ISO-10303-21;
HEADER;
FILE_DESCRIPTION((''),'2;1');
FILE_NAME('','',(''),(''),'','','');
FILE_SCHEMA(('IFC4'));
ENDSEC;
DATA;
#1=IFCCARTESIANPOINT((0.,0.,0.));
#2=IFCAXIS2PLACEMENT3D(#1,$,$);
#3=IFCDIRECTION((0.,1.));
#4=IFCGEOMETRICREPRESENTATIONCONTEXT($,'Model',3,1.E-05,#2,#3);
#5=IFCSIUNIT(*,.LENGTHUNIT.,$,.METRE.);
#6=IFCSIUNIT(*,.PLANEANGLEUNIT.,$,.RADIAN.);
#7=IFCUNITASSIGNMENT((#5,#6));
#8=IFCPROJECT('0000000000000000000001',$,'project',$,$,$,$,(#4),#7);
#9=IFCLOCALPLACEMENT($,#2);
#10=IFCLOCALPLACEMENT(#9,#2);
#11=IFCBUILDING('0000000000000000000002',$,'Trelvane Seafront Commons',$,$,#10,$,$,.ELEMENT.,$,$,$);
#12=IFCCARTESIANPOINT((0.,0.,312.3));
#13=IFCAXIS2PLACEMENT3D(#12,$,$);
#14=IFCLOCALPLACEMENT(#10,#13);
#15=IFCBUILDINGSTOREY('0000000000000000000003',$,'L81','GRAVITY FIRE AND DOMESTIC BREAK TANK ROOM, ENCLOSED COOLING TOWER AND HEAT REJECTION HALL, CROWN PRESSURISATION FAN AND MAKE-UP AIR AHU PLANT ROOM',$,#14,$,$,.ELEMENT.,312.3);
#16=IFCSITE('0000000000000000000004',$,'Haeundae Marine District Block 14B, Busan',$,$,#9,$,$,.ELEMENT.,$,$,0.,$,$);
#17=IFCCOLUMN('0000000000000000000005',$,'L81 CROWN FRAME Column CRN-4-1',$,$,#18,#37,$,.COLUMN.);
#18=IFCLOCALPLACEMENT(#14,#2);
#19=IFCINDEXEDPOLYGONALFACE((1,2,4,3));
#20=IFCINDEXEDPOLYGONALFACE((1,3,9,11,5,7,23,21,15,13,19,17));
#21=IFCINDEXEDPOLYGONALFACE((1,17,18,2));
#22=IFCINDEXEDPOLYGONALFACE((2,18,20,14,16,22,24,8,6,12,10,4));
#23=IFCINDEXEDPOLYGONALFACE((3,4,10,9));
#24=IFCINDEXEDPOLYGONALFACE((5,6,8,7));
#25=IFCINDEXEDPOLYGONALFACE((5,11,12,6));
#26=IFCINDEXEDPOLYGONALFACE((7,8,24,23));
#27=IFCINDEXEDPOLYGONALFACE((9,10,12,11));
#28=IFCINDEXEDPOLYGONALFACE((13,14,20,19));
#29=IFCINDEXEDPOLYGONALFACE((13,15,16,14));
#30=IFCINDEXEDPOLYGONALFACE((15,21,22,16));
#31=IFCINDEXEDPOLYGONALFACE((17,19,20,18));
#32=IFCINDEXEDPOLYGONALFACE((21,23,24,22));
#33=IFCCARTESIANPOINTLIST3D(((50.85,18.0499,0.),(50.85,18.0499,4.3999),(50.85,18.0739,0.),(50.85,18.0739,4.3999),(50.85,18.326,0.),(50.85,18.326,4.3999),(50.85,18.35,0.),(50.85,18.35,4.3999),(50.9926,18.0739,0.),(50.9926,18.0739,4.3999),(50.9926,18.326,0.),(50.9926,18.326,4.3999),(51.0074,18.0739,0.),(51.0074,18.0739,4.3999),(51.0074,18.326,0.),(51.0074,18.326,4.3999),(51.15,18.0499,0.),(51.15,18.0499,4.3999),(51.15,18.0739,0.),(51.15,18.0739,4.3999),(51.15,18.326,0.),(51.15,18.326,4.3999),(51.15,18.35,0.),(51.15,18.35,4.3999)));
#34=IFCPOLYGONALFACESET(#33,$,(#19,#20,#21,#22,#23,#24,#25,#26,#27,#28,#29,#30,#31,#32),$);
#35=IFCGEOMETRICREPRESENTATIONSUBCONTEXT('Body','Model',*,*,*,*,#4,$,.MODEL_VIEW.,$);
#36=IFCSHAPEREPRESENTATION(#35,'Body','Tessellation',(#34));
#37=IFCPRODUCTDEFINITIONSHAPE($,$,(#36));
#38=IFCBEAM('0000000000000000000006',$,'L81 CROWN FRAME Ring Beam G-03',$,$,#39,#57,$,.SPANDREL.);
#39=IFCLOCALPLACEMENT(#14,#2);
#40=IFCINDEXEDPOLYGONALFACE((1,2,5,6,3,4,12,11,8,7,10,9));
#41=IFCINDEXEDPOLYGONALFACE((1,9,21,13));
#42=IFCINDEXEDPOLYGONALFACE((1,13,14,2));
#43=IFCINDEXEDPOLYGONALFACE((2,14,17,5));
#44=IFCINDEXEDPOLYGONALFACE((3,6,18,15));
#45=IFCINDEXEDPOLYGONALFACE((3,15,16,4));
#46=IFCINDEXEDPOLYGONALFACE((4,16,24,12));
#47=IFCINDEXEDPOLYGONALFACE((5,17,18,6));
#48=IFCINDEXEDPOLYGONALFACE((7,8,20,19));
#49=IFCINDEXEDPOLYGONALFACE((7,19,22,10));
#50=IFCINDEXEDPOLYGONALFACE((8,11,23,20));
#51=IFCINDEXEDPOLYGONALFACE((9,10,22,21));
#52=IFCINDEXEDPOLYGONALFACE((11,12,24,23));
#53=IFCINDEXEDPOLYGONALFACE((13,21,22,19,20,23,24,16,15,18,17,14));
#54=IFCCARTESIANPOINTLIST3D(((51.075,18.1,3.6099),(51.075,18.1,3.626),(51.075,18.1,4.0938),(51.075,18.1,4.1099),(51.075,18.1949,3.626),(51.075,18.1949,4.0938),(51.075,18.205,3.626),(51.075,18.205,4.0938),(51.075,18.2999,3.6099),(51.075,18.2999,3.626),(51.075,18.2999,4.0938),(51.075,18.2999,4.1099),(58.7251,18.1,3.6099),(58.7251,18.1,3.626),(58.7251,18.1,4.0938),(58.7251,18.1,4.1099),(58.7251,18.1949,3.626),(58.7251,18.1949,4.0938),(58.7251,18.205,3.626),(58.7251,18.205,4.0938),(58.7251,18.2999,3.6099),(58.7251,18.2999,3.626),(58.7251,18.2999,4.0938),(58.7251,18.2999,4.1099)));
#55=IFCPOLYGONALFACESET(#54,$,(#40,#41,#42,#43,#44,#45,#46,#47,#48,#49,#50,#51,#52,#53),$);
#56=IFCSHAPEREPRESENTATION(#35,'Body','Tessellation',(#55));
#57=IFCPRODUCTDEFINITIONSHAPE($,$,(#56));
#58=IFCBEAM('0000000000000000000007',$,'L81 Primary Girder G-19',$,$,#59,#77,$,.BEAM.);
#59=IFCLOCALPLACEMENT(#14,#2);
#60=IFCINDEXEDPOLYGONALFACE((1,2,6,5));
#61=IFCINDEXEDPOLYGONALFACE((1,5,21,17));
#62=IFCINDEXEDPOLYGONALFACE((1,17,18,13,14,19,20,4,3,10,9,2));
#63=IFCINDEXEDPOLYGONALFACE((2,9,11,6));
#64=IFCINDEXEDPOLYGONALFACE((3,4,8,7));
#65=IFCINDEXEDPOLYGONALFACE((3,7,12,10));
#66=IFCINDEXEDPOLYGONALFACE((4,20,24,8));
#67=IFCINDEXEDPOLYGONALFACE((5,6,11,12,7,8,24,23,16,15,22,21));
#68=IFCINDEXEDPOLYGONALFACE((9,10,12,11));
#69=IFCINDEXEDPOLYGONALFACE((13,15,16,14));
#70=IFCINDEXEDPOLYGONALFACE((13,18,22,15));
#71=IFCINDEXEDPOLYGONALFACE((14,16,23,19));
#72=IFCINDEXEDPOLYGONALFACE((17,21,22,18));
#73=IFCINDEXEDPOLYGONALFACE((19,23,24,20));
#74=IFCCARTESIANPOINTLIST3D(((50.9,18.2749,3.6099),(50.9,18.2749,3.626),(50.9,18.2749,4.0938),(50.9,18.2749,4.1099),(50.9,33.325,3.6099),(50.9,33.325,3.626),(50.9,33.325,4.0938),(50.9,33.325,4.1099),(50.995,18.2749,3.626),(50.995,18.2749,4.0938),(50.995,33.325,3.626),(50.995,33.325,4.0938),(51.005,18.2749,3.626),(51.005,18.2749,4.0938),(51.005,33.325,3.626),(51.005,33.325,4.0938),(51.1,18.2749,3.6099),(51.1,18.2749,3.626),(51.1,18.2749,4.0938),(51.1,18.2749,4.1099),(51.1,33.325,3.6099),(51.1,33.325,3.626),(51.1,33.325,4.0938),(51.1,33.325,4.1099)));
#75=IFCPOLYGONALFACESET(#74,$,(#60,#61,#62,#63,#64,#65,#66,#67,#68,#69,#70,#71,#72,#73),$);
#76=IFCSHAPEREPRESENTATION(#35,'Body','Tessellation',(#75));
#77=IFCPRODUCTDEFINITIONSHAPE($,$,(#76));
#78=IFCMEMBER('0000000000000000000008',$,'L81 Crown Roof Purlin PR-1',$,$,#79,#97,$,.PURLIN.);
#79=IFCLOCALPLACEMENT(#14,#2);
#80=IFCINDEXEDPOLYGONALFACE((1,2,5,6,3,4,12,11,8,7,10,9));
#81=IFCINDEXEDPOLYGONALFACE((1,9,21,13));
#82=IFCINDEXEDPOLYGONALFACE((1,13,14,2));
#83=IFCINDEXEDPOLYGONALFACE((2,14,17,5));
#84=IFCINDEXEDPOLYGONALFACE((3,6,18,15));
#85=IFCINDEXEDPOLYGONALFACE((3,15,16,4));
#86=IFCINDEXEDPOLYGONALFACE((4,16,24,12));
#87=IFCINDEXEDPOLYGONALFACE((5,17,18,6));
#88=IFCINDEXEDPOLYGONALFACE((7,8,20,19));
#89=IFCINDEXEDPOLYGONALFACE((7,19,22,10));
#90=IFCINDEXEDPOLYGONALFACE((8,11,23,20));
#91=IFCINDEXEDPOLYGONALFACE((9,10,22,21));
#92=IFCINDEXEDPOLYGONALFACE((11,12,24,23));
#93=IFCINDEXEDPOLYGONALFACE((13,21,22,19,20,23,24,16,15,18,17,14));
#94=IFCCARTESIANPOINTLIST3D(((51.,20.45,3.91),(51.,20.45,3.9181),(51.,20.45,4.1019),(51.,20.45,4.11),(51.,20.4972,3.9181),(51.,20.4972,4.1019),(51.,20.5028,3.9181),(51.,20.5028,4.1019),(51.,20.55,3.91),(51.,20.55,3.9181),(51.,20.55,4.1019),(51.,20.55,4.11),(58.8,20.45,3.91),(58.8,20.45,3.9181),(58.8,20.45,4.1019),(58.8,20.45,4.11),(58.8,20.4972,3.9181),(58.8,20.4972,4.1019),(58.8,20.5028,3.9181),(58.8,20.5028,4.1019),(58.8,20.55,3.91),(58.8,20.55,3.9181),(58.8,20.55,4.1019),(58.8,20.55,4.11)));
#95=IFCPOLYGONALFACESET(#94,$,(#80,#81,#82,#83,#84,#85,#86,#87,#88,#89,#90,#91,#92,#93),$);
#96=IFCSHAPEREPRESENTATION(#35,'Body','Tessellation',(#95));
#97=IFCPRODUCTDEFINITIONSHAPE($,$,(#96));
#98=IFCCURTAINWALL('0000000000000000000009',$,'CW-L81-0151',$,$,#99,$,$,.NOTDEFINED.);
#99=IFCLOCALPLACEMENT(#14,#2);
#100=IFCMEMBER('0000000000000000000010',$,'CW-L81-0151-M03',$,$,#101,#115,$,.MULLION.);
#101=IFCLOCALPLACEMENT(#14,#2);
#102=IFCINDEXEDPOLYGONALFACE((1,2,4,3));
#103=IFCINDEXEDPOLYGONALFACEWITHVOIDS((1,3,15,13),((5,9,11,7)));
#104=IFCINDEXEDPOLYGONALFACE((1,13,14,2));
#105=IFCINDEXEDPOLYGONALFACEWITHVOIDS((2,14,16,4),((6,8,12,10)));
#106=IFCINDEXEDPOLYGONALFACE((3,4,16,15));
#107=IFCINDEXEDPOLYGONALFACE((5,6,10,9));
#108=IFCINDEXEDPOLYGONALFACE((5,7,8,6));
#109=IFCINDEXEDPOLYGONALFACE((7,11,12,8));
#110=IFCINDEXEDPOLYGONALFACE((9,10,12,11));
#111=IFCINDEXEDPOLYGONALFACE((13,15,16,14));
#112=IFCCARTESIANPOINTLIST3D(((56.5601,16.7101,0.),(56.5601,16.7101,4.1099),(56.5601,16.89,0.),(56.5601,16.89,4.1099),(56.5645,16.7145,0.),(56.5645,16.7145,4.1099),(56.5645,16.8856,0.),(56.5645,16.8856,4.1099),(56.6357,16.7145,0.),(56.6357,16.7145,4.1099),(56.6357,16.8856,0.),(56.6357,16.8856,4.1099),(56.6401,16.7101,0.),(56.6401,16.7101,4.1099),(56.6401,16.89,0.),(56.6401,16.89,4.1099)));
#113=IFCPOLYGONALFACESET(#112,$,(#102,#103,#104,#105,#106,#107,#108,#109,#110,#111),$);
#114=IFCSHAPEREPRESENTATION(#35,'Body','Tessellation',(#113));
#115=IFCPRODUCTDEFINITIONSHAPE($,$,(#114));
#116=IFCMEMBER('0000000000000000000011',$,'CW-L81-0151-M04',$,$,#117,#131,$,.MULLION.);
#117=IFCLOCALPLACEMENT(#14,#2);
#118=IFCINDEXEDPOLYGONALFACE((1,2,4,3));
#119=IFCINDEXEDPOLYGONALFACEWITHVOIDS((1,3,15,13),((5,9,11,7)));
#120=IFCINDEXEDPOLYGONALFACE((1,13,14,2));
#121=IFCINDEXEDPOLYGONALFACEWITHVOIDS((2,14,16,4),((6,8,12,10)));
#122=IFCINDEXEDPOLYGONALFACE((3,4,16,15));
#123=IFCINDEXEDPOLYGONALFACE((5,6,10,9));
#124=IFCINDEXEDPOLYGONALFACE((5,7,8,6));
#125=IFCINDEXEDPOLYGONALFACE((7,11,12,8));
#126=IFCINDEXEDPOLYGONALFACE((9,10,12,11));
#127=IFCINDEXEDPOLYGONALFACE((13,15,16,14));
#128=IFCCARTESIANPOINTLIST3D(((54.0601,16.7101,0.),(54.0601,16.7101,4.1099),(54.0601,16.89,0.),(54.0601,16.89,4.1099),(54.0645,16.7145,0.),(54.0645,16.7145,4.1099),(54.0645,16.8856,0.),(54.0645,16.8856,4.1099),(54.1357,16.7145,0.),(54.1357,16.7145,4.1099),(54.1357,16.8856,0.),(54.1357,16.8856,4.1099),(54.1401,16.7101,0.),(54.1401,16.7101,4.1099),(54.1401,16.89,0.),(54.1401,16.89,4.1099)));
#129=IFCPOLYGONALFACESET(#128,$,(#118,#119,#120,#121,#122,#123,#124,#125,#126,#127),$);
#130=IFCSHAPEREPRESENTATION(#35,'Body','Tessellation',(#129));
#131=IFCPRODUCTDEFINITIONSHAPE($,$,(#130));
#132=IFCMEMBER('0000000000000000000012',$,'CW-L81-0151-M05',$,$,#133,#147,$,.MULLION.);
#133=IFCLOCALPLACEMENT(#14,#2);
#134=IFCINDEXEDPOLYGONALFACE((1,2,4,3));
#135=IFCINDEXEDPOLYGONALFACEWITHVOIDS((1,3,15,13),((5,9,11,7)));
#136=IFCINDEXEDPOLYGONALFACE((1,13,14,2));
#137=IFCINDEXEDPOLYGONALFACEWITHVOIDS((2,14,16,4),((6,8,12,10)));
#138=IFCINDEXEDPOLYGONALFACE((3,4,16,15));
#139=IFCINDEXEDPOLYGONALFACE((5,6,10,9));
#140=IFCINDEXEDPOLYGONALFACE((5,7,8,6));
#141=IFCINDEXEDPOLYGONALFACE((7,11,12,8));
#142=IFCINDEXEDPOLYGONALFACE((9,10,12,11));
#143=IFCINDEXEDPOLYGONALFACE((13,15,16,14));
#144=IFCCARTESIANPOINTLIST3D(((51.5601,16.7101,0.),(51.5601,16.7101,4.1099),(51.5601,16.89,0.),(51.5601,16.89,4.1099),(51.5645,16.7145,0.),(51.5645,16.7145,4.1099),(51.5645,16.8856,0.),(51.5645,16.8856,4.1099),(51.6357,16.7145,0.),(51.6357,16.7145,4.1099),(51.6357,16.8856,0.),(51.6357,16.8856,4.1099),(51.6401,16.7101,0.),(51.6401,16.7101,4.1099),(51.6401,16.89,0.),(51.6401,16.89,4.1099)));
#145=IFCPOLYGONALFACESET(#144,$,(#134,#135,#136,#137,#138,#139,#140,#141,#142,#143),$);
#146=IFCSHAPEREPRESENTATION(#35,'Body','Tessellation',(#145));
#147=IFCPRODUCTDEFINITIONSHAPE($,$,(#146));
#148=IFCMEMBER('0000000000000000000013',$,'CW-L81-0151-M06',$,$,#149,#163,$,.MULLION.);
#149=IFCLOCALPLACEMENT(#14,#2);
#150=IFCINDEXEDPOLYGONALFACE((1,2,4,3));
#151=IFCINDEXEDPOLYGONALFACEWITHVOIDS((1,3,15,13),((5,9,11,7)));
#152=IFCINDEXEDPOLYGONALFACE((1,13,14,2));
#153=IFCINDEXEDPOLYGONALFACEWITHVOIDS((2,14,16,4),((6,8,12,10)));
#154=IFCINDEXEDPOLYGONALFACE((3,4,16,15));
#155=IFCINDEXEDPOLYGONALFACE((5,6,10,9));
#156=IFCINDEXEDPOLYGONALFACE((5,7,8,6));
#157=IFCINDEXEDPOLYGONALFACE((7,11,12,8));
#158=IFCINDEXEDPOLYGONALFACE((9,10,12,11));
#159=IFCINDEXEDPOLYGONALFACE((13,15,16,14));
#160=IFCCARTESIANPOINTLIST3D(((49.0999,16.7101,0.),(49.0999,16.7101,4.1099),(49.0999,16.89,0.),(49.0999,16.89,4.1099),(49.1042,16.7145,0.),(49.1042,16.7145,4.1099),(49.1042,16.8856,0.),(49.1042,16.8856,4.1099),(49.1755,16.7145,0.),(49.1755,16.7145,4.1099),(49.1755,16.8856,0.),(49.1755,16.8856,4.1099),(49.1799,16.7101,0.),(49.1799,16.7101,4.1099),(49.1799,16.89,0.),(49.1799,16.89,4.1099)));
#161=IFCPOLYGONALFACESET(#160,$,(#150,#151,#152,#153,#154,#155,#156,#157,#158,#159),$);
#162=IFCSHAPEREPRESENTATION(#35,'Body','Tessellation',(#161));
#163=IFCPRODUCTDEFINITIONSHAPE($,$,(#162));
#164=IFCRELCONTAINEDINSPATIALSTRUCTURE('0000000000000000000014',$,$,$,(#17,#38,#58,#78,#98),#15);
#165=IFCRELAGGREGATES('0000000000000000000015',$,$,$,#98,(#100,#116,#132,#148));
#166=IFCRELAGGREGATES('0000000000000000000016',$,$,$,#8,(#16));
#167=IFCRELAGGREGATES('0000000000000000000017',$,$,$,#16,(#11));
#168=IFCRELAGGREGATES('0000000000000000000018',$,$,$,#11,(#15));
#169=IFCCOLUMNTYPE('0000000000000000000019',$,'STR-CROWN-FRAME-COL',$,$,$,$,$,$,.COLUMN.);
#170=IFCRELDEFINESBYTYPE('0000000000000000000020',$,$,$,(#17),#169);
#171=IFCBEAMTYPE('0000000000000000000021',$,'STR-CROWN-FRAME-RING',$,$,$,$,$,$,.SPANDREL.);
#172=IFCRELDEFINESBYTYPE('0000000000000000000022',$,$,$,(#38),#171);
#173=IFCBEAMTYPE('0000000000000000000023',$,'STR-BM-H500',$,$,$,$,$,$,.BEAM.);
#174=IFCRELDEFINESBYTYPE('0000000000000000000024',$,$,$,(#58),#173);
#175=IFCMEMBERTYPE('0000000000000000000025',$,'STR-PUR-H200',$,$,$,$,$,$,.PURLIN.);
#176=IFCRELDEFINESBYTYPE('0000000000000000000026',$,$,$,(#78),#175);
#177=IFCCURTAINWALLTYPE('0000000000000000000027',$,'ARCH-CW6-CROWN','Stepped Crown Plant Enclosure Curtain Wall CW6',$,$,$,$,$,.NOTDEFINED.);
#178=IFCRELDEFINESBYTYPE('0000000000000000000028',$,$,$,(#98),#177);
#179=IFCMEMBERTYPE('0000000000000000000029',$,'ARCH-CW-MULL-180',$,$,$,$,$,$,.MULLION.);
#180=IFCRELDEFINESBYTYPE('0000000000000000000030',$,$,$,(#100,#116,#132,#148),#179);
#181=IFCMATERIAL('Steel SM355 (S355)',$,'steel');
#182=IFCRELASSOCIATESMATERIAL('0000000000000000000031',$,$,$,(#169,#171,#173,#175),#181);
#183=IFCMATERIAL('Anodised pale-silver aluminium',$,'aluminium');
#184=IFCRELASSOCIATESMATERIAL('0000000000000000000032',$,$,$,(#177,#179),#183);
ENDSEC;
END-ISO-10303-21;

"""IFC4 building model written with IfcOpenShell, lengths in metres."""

from ifc_helpers import new_model, si_unit, direction, frame, origin, origin_2d, place, context, subcontext, project, spatial, hollow_rectangle, i_section, extrude, source, transform, mapped, material, material_profile, profile_set, type_object, element, aggregate, save


model = new_model("IFC4")

# Units and contexts
model_context = context("Model", 3, precision=1e-05, world=origin(), true_north=direction((0.0, 1.0)))
body_context = subcontext(model_context, "Body", "Model", "MODEL_VIEW")
ifc_project = project(units=[si_unit("LENGTHUNIT", "METRE"), si_unit("PLANEANGLEUNIT", "RADIAN")], contexts=[model_context])

# Site, building, storey
site_placement = place(None, origin())
site = spatial("IfcSite", under=ifc_project, at=site_placement, Name="Haeundae Marine District Block 14B, Busan", CompositionType="ELEMENT", RefElevation=0.0)
building_placement = place(site_placement, origin())
building = spatial("IfcBuilding", under=site, at=building_placement, Name="Trelvane Seafront Commons", CompositionType="ELEMENT")
storey_placement = place(building_placement, frame((0.0, 0.0, 312.3)))
storey = spatial("IfcBuildingStorey", under=building, at=storey_placement, Name="L81", Description="GRAVITY FIRE AND DOMESTIC BREAK TANK ROOM, ENCLOSED COOLING TOWER AND HEAT REJECTION HALL, CROWN PRESSURISATION FAN AND MAKE-UP AIR AHU PLANT ROOM", CompositionType="ELEMENT", Elevation=312.3)

# Column
ifc_material_1 = material(Name="Steel SM355 (S355)", Category="steel")
ifc_material_profile_1 = material_profile(ifc_material_1, i_section(OverallWidth=0.3, OverallDepth=0.3, WebThickness=0.0149, FlangeThickness=0.0239, at=origin_2d()), Name="HD-300x300x15x24")
ifc_profile_set_1 = profile_set([ifc_material_profile_1], Name="Steel SM355 (S355)")
column_type = type_object("IfcColumnType", Name="STR-CROWN-FRAME-COL", PredefinedType="COLUMN", material=ifc_profile_set_1)
shared_shape_1 = source(origin(), body_context, "Body", "SweptSolid", [
    extrude(i_section(OverallWidth=0.3, OverallDepth=0.3, WebThickness=0.0149, FlangeThickness=0.0239, at=origin_2d()), origin(), (0.0, 0.0, 1.0), 4.3999),
])
column_placement = place(storey_placement, frame((51.0, 18.2, 0.0), z_axis=(0.0, 0.0, 1.0), x_axis=(1.0, 0.0, 0.0)))
element("IfcColumn", 1, at=column_placement, inside=storey, type_object=column_type, Name="L81 CROWN FRAME Column CRN-4-1", PredefinedType="COLUMN", context=body_context, shape_type="MappedRepresentation", body=[
    mapped(shared_shape_1, transform((0.0, 0.0, 0.0), x_axis=(1.0, 0.0, 0.0), y_axis=(0.0, 1.0, 0.0), z_axis=(0.0, 0.0, 1.0), scale=1.0)),
])

# Beams
ifc_material_profile_2 = material_profile(ifc_material_1, i_section(OverallWidth=0.2, OverallDepth=0.5, WebThickness=0.01, FlangeThickness=0.0161, at=origin_2d()), Name="H-500x200x10x16")
ifc_profile_set_2 = profile_set([ifc_material_profile_2], Name="Steel SM355 (S355)")
beam_type_1 = type_object("IfcBeamType", Name="STR-CROWN-FRAME-RING", PredefinedType="SPANDREL", material=ifc_profile_set_2)
shared_shape_2 = source(origin(), body_context, "Body", "SweptSolid", [
    extrude(i_section(OverallWidth=0.2, OverallDepth=0.5, WebThickness=0.01, FlangeThickness=0.0161, at=origin_2d()), origin(), (0.0, 0.0, 1.0), 7.6501),
])
beam_1_placement = place(storey_placement, frame((51.075, 18.2, 3.8599), z_axis=(1.0, 0.0, 0.0), x_axis=(0.0, 1.0, 0.0)))
element("IfcBeam", 2, at=beam_1_placement, inside=storey, type_object=beam_type_1, Name="L81 CROWN FRAME Ring Beam G-03", PredefinedType="SPANDREL", context=body_context, shape_type="MappedRepresentation", body=[
    mapped(shared_shape_2, transform((0.0, 0.0, 0.0), x_axis=(1.0, 0.0, 0.0), y_axis=(0.0, 1.0, 0.0), z_axis=(0.0, 0.0, 1.0), scale=1.0)),
])
ifc_material_profile_3 = material_profile(ifc_material_1, i_section(OverallWidth=0.2, OverallDepth=0.5, WebThickness=0.01, FlangeThickness=0.0161, at=origin_2d()), Name="H-500x200x10x16")
ifc_profile_set_3 = profile_set([ifc_material_profile_3], Name="Steel SM355 (S355)")
beam_type_2 = type_object("IfcBeamType", Name="STR-BM-H500", PredefinedType="BEAM", material=ifc_profile_set_3)
shared_shape_3 = source(origin(), body_context, "Body", "SweptSolid", [
    extrude(i_section(OverallWidth=0.2, OverallDepth=0.5, WebThickness=0.01, FlangeThickness=0.0161, at=origin_2d()), origin(), (0.0, 0.0, 1.0), 15.05),
])
beam_2_placement = place(storey_placement, frame((51.0, 18.2749, 3.8599), z_axis=(0.0, 1.0, 0.0), x_axis=(-1.0, 0.0, 0.0)))
element("IfcBeam", 3, at=beam_2_placement, inside=storey, type_object=beam_type_2, Name="L81 Primary Girder G-19", PredefinedType="BEAM", context=body_context, shape_type="MappedRepresentation", body=[
    mapped(shared_shape_3, transform((0.0, 0.0, 0.0), x_axis=(1.0, 0.0, 0.0), y_axis=(0.0, 1.0, 0.0), z_axis=(0.0, 0.0, 1.0), scale=1.0)),
])

# Member
ifc_material_profile_4 = material_profile(ifc_material_1, i_section(OverallWidth=0.1001, OverallDepth=0.2, WebThickness=0.0056, FlangeThickness=0.0081, at=origin_2d()), Name="H-200x100x5.5x8")
ifc_profile_set_4 = profile_set([ifc_material_profile_4], Name="Steel SM355 (S355)")
member_type_1 = type_object("IfcMemberType", Name="STR-PUR-H200", PredefinedType="PURLIN", material=ifc_profile_set_4)
shared_shape_4 = source(origin(), body_context, "Body", "SweptSolid", [
    extrude(i_section(OverallWidth=0.1001, OverallDepth=0.2, WebThickness=0.0056, FlangeThickness=0.0081, at=origin_2d()), origin(), (0.0, 0.0, 1.0), 7.8),
])
member_1_placement = place(storey_placement, frame((51.0, 20.5, 4.01), z_axis=(1.0, 0.0, 0.0), x_axis=(0.0, 1.0, 0.0)))
element("IfcMember", 4, at=member_1_placement, inside=storey, type_object=member_type_1, Name="L81 Crown Roof Purlin PR-1", PredefinedType="PURLIN", context=body_context, shape_type="MappedRepresentation", body=[
    mapped(shared_shape_4, transform((0.0, 0.0, 0.0), x_axis=(1.0, 0.0, 0.0), y_axis=(0.0, 1.0, 0.0), z_axis=(0.0, 0.0, 1.0), scale=1.0)),
])

# Curtain wall, members
ifc_material_2 = material(Name="Anodised pale-silver aluminium", Category="aluminium")
curtain_wall_type = type_object("IfcCurtainWallType", Name="ARCH-CW6-CROWN", Description="Stepped Crown Plant Enclosure Curtain Wall CW6", PredefinedType="NOTDEFINED", material=ifc_material_2)
curtain_wall_placement = place(storey_placement, origin())
curtain_wall = element("IfcCurtainWall", 5, at=curtain_wall_placement, inside=storey, type_object=curtain_wall_type, Name="CW-L81-0151", PredefinedType="NOTDEFINED")
ifc_material_profile_5 = material_profile(ifc_material_2, hollow_rectangle(XDim=0.0801, YDim=0.1799, WallThickness=0.0044, at=origin_2d()), Name="MULL-80x180x4.5")
ifc_profile_set_5 = profile_set([ifc_material_profile_5], Name="Anodised pale-silver aluminium")
member_type_2 = type_object("IfcMemberType", Name="ARCH-CW-MULL-180", PredefinedType="MULLION", material=ifc_profile_set_5)
shared_shape_5 = source(origin(), body_context, "Body", "SweptSolid", [
    extrude(hollow_rectangle(XDim=0.0801, YDim=0.1799, WallThickness=0.0044, at=origin_2d()), origin(), (0.0, 0.0, 1.0), 4.1099),
])
member_2_placement = place(storey_placement, frame((56.6001, 16.8, 0.0), z_axis=(0.0, 0.0, 1.0), x_axis=(1.0, 0.0, 0.0)))
member_2 = element("IfcMember", 6, at=member_2_placement, type_object=member_type_2, Name="CW-L81-0151-M03", PredefinedType="MULLION", context=body_context, shape_type="MappedRepresentation", body=[
    mapped(shared_shape_5, transform((0.0, 0.0, 0.0), x_axis=(1.0, 0.0, 0.0), y_axis=(0.0, 1.0, 0.0), z_axis=(0.0, 0.0, 1.0), scale=1.0)),
])
member_3_placement = place(storey_placement, frame((54.1001, 16.8, 0.0), z_axis=(0.0, 0.0, 1.0), x_axis=(1.0, 0.0, 0.0)))
member_3 = element("IfcMember", 7, at=member_3_placement, type_object=member_type_2, Name="CW-L81-0151-M04", PredefinedType="MULLION", context=body_context, shape_type="MappedRepresentation", body=[
    mapped(shared_shape_5, transform((0.0, 0.0, 0.0), x_axis=(1.0, 0.0, 0.0), y_axis=(0.0, 1.0, 0.0), z_axis=(0.0, 0.0, 1.0), scale=1.0)),
])
member_4_placement = place(storey_placement, frame((51.6001, 16.8, 0.0), z_axis=(0.0, 0.0, 1.0), x_axis=(1.0, 0.0, 0.0)))
member_4 = element("IfcMember", 8, at=member_4_placement, type_object=member_type_2, Name="CW-L81-0151-M05", PredefinedType="MULLION", context=body_context, shape_type="MappedRepresentation", body=[
    mapped(shared_shape_5, transform((0.0, 0.0, 0.0), x_axis=(1.0, 0.0, 0.0), y_axis=(0.0, 1.0, 0.0), z_axis=(0.0, 0.0, 1.0), scale=1.0)),
])
member_5_placement = place(storey_placement, frame((49.1399, 16.8, 0.0), z_axis=(0.0, 0.0, 1.0), x_axis=(1.0, 0.0, 0.0)))
member_5 = element("IfcMember", 9, at=member_5_placement, type_object=member_type_2, Name="CW-L81-0151-M06", PredefinedType="MULLION", context=body_context, shape_type="MappedRepresentation", body=[
    mapped(shared_shape_5, transform((0.0, 0.0, 0.0), x_axis=(1.0, 0.0, 0.0), y_axis=(0.0, 1.0, 0.0), z_axis=(0.0, 0.0, 1.0), scale=1.0)),
])
aggregate(curtain_wall, [member_2, member_3, member_4, member_5])

save(model, "model.ifc")
